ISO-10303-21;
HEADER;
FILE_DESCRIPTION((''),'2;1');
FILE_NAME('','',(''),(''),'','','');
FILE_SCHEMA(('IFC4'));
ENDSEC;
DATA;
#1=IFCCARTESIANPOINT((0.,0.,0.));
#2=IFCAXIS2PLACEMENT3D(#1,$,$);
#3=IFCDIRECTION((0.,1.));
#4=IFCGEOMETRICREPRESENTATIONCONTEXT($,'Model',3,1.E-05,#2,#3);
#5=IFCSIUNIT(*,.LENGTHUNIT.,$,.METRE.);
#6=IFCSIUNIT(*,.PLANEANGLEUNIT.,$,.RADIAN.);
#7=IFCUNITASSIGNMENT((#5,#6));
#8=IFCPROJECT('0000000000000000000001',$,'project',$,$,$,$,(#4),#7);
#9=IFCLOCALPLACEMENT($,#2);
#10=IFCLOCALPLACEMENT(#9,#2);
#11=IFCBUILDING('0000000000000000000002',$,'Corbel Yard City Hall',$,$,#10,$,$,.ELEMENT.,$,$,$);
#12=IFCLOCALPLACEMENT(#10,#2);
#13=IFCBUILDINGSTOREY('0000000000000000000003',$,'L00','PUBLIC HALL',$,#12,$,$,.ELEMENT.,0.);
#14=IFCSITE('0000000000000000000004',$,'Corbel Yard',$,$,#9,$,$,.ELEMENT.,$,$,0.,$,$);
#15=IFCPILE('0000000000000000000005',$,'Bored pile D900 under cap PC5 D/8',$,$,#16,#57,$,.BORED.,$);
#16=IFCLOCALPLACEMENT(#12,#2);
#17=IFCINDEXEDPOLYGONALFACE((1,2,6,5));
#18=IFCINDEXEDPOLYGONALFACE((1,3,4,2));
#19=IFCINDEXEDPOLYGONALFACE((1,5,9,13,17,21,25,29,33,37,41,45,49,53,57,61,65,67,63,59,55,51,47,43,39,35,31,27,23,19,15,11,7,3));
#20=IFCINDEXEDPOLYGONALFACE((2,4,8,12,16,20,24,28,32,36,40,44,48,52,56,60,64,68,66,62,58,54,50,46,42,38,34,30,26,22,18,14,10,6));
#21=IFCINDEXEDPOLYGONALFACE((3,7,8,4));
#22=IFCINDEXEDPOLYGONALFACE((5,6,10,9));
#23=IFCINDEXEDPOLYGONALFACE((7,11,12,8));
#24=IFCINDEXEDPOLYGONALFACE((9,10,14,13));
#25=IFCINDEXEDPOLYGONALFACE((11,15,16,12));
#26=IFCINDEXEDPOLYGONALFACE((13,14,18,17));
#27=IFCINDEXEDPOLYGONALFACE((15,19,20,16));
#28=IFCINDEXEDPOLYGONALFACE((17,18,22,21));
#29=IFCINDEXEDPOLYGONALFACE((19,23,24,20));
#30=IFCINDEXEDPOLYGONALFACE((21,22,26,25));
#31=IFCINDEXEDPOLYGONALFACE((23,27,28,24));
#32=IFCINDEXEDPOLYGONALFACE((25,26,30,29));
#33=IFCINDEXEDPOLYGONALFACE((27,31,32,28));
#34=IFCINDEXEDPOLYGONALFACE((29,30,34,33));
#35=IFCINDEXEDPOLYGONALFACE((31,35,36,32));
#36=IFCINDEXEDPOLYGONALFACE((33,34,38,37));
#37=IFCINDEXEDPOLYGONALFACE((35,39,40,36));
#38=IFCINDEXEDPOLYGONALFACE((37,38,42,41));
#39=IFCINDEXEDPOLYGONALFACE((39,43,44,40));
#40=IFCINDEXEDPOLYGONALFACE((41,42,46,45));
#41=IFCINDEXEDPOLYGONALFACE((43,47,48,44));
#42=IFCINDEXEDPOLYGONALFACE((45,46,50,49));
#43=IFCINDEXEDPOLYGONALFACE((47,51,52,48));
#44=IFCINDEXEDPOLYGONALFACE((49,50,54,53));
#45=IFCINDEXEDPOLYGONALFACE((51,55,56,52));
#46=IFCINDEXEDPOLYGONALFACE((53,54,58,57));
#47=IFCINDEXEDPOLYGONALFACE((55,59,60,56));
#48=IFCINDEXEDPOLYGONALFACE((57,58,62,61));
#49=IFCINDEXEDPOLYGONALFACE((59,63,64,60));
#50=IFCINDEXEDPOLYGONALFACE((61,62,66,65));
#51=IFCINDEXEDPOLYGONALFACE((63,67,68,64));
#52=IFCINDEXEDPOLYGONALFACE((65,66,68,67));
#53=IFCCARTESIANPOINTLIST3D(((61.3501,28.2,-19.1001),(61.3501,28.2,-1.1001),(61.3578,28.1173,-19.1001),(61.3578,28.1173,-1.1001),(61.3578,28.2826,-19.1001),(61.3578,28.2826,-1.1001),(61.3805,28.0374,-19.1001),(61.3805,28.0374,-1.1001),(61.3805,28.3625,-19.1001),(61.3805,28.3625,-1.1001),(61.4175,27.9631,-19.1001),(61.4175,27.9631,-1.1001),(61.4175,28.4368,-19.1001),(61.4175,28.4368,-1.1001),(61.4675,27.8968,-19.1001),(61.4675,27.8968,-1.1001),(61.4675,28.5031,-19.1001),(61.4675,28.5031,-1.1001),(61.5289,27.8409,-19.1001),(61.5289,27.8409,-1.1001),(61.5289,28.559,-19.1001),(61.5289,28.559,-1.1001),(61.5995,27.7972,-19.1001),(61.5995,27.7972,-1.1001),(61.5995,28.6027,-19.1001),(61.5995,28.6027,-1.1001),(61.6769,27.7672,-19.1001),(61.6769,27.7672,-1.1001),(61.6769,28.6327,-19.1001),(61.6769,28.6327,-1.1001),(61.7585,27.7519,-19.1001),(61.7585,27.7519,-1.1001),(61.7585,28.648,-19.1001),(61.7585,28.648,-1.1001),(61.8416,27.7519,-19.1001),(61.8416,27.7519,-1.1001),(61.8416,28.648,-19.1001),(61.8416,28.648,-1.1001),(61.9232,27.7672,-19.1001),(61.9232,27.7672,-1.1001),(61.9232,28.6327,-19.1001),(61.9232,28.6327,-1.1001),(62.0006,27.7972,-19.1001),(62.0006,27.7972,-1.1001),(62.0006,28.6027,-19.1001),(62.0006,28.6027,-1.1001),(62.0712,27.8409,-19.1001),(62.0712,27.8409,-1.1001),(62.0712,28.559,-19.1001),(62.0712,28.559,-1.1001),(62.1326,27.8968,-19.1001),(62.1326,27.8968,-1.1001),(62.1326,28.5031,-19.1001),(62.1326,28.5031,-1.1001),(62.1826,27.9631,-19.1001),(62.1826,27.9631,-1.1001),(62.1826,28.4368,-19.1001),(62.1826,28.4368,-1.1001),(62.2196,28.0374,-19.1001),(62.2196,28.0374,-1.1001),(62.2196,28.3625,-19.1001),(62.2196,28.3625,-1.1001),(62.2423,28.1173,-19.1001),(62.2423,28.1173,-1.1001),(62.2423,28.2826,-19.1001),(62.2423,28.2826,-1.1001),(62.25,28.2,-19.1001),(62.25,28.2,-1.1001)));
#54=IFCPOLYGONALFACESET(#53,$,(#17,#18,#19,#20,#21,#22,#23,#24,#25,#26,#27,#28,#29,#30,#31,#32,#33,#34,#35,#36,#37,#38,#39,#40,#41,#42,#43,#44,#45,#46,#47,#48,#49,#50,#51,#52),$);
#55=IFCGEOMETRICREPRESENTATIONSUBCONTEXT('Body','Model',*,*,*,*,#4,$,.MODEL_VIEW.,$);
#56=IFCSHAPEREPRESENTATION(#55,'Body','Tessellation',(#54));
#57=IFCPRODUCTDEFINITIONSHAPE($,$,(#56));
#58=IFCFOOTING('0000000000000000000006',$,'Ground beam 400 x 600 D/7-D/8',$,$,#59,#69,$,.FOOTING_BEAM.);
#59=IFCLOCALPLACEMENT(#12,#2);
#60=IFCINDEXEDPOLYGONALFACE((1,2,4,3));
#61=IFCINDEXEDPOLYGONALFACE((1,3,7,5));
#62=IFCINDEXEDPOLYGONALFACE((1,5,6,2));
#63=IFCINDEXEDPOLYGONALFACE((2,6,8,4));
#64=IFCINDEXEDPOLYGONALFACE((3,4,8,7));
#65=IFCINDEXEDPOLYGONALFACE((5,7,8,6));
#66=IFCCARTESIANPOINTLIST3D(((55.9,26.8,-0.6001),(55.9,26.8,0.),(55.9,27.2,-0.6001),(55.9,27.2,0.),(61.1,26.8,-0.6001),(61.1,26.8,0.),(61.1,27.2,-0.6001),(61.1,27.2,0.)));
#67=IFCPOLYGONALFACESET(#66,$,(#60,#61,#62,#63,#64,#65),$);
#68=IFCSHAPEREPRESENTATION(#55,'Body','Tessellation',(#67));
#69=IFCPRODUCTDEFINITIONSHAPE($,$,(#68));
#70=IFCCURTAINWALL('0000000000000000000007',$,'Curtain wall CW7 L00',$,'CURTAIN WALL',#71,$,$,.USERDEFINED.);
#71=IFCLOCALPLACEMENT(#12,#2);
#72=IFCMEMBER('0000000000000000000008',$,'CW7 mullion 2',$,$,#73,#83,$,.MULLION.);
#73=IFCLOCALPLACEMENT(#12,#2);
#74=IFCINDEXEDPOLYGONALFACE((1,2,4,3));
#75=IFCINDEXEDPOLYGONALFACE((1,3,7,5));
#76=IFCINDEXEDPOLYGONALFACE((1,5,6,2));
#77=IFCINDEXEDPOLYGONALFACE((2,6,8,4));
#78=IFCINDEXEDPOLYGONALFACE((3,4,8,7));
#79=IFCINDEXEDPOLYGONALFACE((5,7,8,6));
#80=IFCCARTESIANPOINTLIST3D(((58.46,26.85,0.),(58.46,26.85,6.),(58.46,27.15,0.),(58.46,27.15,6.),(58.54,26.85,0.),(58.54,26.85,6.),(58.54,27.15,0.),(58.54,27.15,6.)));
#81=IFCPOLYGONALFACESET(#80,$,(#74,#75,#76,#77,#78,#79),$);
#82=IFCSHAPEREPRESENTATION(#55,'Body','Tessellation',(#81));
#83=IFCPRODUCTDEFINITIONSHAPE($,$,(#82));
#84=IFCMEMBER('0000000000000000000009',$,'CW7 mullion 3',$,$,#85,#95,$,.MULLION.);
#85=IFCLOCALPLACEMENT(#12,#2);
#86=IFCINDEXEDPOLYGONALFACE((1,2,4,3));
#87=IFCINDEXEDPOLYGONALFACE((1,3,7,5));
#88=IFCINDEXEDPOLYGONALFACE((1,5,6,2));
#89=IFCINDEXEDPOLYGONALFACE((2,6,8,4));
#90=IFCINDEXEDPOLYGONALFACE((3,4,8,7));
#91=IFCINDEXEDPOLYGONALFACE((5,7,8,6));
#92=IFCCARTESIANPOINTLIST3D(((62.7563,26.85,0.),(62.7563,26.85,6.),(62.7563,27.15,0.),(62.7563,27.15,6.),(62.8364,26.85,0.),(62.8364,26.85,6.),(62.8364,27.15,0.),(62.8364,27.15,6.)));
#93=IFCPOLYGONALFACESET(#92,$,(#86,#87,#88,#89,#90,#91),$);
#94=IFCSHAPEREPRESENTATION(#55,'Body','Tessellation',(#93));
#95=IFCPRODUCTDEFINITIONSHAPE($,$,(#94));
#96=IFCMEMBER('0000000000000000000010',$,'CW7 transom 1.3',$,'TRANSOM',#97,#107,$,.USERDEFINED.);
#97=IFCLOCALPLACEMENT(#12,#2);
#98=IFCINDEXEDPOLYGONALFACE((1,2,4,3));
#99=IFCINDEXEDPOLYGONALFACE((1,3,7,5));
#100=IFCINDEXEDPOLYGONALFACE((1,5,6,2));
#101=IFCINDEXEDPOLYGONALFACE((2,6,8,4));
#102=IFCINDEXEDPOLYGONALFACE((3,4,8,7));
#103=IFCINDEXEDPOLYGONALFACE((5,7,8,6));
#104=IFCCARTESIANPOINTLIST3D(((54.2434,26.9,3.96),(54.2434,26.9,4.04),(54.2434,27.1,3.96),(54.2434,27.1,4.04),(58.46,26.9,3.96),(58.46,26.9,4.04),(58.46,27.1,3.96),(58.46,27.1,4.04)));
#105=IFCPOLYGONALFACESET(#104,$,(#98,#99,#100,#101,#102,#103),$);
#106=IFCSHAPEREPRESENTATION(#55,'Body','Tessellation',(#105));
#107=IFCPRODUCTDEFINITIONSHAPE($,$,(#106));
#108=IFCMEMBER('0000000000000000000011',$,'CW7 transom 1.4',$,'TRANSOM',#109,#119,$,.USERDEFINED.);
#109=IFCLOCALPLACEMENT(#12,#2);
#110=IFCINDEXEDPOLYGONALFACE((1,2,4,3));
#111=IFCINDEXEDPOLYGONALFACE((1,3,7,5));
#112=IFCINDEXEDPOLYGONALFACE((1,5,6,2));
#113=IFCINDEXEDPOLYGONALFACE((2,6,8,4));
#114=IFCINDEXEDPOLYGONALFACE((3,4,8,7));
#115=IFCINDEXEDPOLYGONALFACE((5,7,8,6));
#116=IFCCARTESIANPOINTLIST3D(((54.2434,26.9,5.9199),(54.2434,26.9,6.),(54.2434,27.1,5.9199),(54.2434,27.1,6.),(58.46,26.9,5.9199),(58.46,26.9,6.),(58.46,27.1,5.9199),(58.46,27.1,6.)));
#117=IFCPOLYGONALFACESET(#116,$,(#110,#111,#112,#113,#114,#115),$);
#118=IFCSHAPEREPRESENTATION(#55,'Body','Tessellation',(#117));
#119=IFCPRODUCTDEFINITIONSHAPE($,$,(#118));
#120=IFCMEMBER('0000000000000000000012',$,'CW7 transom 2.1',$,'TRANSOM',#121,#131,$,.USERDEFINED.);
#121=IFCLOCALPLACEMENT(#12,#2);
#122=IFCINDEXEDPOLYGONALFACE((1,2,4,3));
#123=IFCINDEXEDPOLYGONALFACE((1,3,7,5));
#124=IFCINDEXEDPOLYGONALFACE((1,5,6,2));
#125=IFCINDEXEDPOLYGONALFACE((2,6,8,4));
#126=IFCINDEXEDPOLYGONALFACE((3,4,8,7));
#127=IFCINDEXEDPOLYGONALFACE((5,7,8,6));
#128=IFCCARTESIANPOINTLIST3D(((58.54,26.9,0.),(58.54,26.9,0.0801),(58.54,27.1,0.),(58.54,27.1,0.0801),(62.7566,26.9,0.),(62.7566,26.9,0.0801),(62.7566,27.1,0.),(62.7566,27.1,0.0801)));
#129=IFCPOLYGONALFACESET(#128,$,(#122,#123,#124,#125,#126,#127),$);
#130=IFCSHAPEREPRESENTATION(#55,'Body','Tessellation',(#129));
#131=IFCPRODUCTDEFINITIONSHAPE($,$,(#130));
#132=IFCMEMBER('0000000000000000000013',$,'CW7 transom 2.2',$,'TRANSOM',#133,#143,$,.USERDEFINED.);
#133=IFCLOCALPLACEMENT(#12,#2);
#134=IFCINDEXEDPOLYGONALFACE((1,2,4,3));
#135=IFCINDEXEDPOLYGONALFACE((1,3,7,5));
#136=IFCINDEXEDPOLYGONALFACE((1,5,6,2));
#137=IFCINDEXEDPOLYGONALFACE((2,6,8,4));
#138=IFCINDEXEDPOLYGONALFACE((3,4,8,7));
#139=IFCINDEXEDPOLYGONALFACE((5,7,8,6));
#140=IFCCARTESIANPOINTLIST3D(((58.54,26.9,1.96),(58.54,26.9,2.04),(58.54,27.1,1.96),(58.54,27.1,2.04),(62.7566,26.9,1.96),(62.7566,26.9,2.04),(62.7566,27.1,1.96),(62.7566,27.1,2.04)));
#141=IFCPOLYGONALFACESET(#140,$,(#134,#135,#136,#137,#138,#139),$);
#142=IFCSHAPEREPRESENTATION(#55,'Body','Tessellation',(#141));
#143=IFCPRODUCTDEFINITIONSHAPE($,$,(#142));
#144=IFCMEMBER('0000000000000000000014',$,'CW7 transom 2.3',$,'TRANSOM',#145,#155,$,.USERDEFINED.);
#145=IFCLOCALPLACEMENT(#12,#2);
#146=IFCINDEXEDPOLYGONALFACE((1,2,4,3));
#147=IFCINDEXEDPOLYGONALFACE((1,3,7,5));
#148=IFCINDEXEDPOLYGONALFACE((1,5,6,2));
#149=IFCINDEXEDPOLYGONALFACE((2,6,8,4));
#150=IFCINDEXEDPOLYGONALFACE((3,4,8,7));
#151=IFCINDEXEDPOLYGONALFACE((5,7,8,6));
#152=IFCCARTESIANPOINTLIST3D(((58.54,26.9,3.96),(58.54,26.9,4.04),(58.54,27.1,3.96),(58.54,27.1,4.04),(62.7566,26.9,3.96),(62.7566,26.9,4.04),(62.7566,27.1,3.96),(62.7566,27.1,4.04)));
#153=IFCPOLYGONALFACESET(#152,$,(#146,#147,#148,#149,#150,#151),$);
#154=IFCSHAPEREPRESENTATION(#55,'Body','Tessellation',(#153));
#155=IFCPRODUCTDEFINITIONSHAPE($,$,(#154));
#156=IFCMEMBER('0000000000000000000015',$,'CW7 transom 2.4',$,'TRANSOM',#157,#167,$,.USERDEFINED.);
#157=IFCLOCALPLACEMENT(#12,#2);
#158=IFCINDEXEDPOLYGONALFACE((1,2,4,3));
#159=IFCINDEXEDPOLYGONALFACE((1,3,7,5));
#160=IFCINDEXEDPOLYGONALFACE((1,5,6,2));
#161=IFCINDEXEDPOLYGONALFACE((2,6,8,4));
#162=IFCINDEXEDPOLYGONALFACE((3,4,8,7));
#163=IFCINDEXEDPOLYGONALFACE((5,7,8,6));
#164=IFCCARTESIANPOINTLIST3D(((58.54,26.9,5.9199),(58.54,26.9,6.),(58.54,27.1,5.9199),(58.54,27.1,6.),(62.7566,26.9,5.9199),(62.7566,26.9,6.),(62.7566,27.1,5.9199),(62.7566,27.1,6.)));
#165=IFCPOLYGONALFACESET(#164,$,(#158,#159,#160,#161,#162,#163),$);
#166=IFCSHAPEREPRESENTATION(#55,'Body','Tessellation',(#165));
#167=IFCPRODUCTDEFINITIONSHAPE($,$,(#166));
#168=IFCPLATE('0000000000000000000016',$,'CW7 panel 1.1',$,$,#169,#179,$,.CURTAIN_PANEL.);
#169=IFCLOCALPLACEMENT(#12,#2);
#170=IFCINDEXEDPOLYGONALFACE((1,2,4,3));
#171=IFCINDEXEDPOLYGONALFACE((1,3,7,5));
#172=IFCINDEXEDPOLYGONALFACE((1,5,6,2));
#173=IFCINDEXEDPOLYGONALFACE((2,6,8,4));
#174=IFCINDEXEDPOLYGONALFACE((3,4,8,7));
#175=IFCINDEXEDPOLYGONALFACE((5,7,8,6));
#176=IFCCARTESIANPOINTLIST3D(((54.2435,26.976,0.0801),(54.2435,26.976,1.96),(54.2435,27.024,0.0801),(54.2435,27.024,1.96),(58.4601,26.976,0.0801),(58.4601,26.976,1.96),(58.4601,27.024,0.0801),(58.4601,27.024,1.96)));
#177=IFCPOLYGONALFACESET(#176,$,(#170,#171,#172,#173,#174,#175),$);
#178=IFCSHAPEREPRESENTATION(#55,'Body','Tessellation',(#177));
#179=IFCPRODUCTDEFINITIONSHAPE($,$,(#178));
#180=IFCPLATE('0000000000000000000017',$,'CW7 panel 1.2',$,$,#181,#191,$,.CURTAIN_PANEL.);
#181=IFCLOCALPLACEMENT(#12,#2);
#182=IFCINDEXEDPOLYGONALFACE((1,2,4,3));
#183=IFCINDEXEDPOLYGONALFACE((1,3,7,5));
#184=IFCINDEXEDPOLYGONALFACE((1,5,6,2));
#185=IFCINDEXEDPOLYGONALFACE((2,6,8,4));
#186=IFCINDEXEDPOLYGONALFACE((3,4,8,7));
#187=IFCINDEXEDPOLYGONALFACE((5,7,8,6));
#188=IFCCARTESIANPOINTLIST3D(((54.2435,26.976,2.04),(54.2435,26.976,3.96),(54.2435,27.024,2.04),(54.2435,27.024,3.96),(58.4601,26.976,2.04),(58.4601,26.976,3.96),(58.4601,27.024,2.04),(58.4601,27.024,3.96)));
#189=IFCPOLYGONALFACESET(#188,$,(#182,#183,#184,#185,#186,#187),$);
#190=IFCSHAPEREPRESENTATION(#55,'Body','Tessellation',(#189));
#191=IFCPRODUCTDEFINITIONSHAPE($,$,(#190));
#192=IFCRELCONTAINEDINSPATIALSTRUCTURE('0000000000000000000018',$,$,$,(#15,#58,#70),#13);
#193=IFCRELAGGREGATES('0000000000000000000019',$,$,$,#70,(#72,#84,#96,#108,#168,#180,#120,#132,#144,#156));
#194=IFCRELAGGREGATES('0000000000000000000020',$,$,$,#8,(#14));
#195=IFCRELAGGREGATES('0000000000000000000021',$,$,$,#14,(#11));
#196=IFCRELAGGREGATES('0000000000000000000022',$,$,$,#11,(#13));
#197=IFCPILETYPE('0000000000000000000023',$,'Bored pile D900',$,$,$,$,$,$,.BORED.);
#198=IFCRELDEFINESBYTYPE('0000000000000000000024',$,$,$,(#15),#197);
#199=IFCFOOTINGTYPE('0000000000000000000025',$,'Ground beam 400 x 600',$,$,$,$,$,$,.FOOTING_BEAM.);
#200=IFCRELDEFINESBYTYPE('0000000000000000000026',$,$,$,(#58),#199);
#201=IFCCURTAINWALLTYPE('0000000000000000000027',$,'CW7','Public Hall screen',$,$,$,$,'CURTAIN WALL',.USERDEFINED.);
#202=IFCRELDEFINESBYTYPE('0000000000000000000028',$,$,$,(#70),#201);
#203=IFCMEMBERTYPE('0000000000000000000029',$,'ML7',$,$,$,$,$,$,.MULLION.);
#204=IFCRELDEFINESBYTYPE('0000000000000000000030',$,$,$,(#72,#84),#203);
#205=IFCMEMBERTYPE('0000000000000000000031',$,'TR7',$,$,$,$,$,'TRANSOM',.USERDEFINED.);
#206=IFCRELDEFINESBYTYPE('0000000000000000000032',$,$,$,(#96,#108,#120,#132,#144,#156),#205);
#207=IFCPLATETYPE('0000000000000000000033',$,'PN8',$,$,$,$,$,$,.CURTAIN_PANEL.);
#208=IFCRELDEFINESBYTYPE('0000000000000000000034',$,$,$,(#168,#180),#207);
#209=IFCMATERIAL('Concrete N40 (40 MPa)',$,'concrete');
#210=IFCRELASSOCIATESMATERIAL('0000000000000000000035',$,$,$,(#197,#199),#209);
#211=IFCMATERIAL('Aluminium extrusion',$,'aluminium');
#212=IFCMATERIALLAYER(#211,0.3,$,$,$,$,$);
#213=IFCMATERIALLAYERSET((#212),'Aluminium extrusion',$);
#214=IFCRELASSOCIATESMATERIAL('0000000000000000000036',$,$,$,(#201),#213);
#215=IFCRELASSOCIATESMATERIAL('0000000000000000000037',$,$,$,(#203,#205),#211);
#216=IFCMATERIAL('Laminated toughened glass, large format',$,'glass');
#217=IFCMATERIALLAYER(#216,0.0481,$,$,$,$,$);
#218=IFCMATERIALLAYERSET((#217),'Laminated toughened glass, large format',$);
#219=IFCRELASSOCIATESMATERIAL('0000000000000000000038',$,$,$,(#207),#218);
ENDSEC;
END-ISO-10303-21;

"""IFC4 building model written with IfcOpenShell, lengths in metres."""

from ifc_helpers import new_model, si_unit, direction, frame, origin, origin_2d, place, context, subcontext, project, spatial, rectangle, circle, extrude, material, layer, layer_set, material_profile, profile_set, type_object, element, aggregate, save


model = new_model("IFC4")

# Units and contexts
model_context = context("Model", 3, precision=1e-05, world=origin(), true_north=direction((0.0, 1.0)))
body_context = subcontext(model_context, "Body", "Model", "MODEL_VIEW")
ifc_project = project(units=[si_unit("LENGTHUNIT", "METRE"), si_unit("PLANEANGLEUNIT", "RADIAN")], contexts=[model_context])

# Site, building, storey
site_placement = place(None, origin())
site = spatial("IfcSite", under=ifc_project, at=site_placement, Name="Corbel Yard", CompositionType="ELEMENT", RefElevation=0.0)
building_placement = place(site_placement, origin())
building = spatial("IfcBuilding", under=site, at=building_placement, Name="Corbel Yard City Hall", CompositionType="ELEMENT")
storey_placement = place(building_placement, origin())
storey = spatial("IfcBuildingStorey", under=building, at=storey_placement, Name="L00", Description="PUBLIC HALL", CompositionType="ELEMENT", Elevation=0.0)

# Pile
ifc_material_1 = material(Name="Concrete N40 (40 MPa)", Category="concrete")
ifc_material_profile_1 = material_profile(ifc_material_1, circle(Radius=0.45, at=origin_2d()), Name="D900")
ifc_profile_set_1 = profile_set([ifc_material_profile_1], Name="Concrete N40 (40 MPa)")
pile_type = type_object("IfcPileType", Name="Bored pile D900", PredefinedType="BORED", material=ifc_profile_set_1)
for number, where, z_axis, x_axis, name in (
    (1, (61.8, 28.2, -1.1001), (0.0, 0.0, -1.0), (1.0, 0.0, 0.0), "Bored pile D900 under cap PC5 D/8"),
):
    element("IfcPile", number, at=place(storey_placement, frame(where, z_axis=z_axis, x_axis=x_axis)), inside=storey, type_object=pile_type, Name=name, PredefinedType="BORED", context=body_context, shape_type="SweptSolid", body=[
        extrude(circle(Radius=0.45, at=origin_2d()), origin(), (0.0, 0.0, 1.0), 18.0),
    ])

# Footing
footing_type = type_object("IfcFootingType", Name="Ground beam 400 x 600", PredefinedType="FOOTING_BEAM", material=ifc_material_1)
footing_placement = place(storey_placement, frame((58.5, 27.0, -0.6001), z_axis=(0.0, 0.0, 1.0), x_axis=(1.0, 0.0, 0.0)))
element("IfcFooting", 2, at=footing_placement, inside=storey, type_object=footing_type, Name="Ground beam 400 x 600 D/7-D/8", PredefinedType="FOOTING_BEAM", context=body_context, shape_type="SweptSolid", body=[
    extrude(rectangle(XDim=5.2, YDim=0.3999, at=origin_2d()), origin(), (0.0, 0.0, 1.0), 0.6001),
])

# Curtain wall, members, plates
ifc_material_2 = material(Name="Aluminium extrusion", Category="aluminium")
ifc_layer_1 = layer(ifc_material_2, 0.3)
ifc_layer_set_1 = layer_set([ifc_layer_1], Name="Aluminium extrusion")
curtain_wall_type = type_object("IfcCurtainWallType", Name="CW7", Description="Public Hall screen", ElementType="CURTAIN WALL", PredefinedType="USERDEFINED", material=ifc_layer_set_1)
curtain_wall_placement = place(storey_placement, origin())
curtain_wall = element("IfcCurtainWall", 3, at=curtain_wall_placement, inside=storey, type_object=curtain_wall_type, Name="Curtain wall CW7 L00", ObjectType="CURTAIN WALL", PredefinedType="USERDEFINED")
ifc_material_profile_2 = material_profile(ifc_material_2, rectangle(XDim=0.3, YDim=0.0801, at=origin_2d()), Name="300x80")
ifc_profile_set_2 = profile_set([ifc_material_profile_2], Name="Aluminium extrusion")
member_type_1 = type_object("IfcMemberType", Name="ML7", PredefinedType="MULLION", material=ifc_profile_set_2)
member_1_placement = place(storey_placement, frame((58.5, 27.0, 0.0), z_axis=(0.0, 0.0, 1.0), x_axis=(0.0, 1.0, 0.0)))
member_1 = element("IfcMember", 4, at=member_1_placement, type_object=member_type_1, Name="CW7 mullion 2", PredefinedType="MULLION", context=body_context, shape_type="SweptSolid", body=[
    extrude(rectangle(XDim=0.3, YDim=0.0801, at=origin_2d()), origin(), (0.0, 0.0, 1.0), 6.0),
])
member_2_placement = place(storey_placement, frame((62.7964, 27.0, 0.0), z_axis=(0.0, 0.0, 1.0), x_axis=(0.0, 1.0, 0.0)))
member_2 = element("IfcMember", 5, at=member_2_placement, type_object=member_type_1, Name="CW7 mullion 3", PredefinedType="MULLION", context=body_context, shape_type="SweptSolid", body=[
    extrude(rectangle(XDim=0.3, YDim=0.0801, at=origin_2d()), origin(), (0.0, 0.0, 1.0), 6.0),
])
ifc_material_profile_3 = material_profile(ifc_material_2, rectangle(XDim=0.2, YDim=0.0801, at=origin_2d()), Name="200x80")
ifc_profile_set_3 = profile_set([ifc_material_profile_3], Name="Aluminium extrusion")
member_type_2 = type_object("IfcMemberType", Name="TR7", ElementType="TRANSOM", PredefinedType="USERDEFINED", material=ifc_profile_set_3)
member_3_placement = place(storey_placement, frame((54.2434, 27.0, 4.0), z_axis=(1.0, 0.0, 0.0), x_axis=(0.0, 1.0, 0.0)))
member_3 = element("IfcMember", 6, at=member_3_placement, type_object=member_type_2, Name="CW7 transom 1.3", ObjectType="TRANSOM", PredefinedType="USERDEFINED", context=body_context, shape_type="SweptSolid", body=[
    extrude(rectangle(XDim=0.2, YDim=0.0801, at=origin_2d()), origin(), (0.0, 0.0, 1.0), 4.2166),
])
member_4_placement = place(storey_placement, frame((54.2434, 27.0, 5.96), z_axis=(1.0, 0.0, 0.0), x_axis=(0.0, 1.0, 0.0)))
member_4 = element("IfcMember", 7, at=member_4_placement, type_object=member_type_2, Name="CW7 transom 1.4", ObjectType="TRANSOM", PredefinedType="USERDEFINED", context=body_context, shape_type="SweptSolid", body=[
    extrude(rectangle(XDim=0.2, YDim=0.0801, at=origin_2d()), origin(), (0.0, 0.0, 1.0), 4.2166),
])
member_5_placement = place(storey_placement, frame((58.54, 27.0, 0.04), z_axis=(1.0, 0.0, 0.0), x_axis=(0.0, 1.0, 0.0)))
member_5 = element("IfcMember", 8, at=member_5_placement, type_object=member_type_2, Name="CW7 transom 2.1", ObjectType="TRANSOM", PredefinedType="USERDEFINED", context=body_context, shape_type="SweptSolid", body=[
    extrude(rectangle(XDim=0.2, YDim=0.0801, at=origin_2d()), origin(), (0.0, 0.0, 1.0), 4.2166),
])
member_6_placement = place(storey_placement, frame((58.54, 27.0, 2.0), z_axis=(1.0, 0.0, 0.0), x_axis=(0.0, 1.0, 0.0)))
member_6 = element("IfcMember", 9, at=member_6_placement, type_object=member_type_2, Name="CW7 transom 2.2", ObjectType="TRANSOM", PredefinedType="USERDEFINED", context=body_context, shape_type="SweptSolid", body=[
    extrude(rectangle(XDim=0.2, YDim=0.0801, at=origin_2d()), origin(), (0.0, 0.0, 1.0), 4.2166),
])
member_7_placement = place(storey_placement, frame((58.54, 27.0, 4.0), z_axis=(1.0, 0.0, 0.0), x_axis=(0.0, 1.0, 0.0)))
member_7 = element("IfcMember", 10, at=member_7_placement, type_object=member_type_2, Name="CW7 transom 2.3", ObjectType="TRANSOM", PredefinedType="USERDEFINED", context=body_context, shape_type="SweptSolid", body=[
    extrude(rectangle(XDim=0.2, YDim=0.0801, at=origin_2d()), origin(), (0.0, 0.0, 1.0), 4.2166),
])
member_8_placement = place(storey_placement, frame((58.54, 27.0, 5.96), z_axis=(1.0, 0.0, 0.0), x_axis=(0.0, 1.0, 0.0)))
member_8 = element("IfcMember", 11, at=member_8_placement, type_object=member_type_2, Name="CW7 transom 2.4", ObjectType="TRANSOM", PredefinedType="USERDEFINED", context=body_context, shape_type="SweptSolid", body=[
    extrude(rectangle(XDim=0.2, YDim=0.0801, at=origin_2d()), origin(), (0.0, 0.0, 1.0), 4.2166),
])
ifc_material_3 = material(Name="Laminated toughened glass, large format", Category="glass")
ifc_layer_2 = layer(ifc_material_3, 0.0481)
ifc_layer_set_2 = layer_set([ifc_layer_2], Name="Laminated toughened glass, large format")
plate_type = type_object("IfcPlateType", Name="PN8", PredefinedType="CURTAIN_PANEL", material=ifc_layer_set_2)
plate_1_placement = place(storey_placement, frame((56.3518, 27.0, 0.0801), z_axis=(0.0, 0.0, 1.0), x_axis=(1.0, 0.0, 0.0)))
plate_1 = element("IfcPlate", 12, at=plate_1_placement, type_object=plate_type, Name="CW7 panel 1.1", PredefinedType="CURTAIN_PANEL", context=body_context, shape_type="SweptSolid", body=[
    extrude(rectangle(XDim=4.2166, YDim=0.0481, at=origin_2d()), origin(), (0.0, 0.0, 1.0), 1.8799),
])
plate_2_placement = place(storey_placement, frame((56.3518, 27.0, 2.04), z_axis=(0.0, 0.0, 1.0), x_axis=(1.0, 0.0, 0.0)))
plate_2 = element("IfcPlate", 13, at=plate_2_placement, type_object=plate_type, Name="CW7 panel 1.2", PredefinedType="CURTAIN_PANEL", context=body_context, shape_type="SweptSolid", body=[
    extrude(rectangle(XDim=4.2166, YDim=0.0481, at=origin_2d()), origin(), (0.0, 0.0, 1.0), 1.9199),
])
aggregate(curtain_wall, [member_1, member_2, member_3, member_4, plate_1, plate_2, member_5, member_6, member_7, member_8])

save(model, "model.ifc")
